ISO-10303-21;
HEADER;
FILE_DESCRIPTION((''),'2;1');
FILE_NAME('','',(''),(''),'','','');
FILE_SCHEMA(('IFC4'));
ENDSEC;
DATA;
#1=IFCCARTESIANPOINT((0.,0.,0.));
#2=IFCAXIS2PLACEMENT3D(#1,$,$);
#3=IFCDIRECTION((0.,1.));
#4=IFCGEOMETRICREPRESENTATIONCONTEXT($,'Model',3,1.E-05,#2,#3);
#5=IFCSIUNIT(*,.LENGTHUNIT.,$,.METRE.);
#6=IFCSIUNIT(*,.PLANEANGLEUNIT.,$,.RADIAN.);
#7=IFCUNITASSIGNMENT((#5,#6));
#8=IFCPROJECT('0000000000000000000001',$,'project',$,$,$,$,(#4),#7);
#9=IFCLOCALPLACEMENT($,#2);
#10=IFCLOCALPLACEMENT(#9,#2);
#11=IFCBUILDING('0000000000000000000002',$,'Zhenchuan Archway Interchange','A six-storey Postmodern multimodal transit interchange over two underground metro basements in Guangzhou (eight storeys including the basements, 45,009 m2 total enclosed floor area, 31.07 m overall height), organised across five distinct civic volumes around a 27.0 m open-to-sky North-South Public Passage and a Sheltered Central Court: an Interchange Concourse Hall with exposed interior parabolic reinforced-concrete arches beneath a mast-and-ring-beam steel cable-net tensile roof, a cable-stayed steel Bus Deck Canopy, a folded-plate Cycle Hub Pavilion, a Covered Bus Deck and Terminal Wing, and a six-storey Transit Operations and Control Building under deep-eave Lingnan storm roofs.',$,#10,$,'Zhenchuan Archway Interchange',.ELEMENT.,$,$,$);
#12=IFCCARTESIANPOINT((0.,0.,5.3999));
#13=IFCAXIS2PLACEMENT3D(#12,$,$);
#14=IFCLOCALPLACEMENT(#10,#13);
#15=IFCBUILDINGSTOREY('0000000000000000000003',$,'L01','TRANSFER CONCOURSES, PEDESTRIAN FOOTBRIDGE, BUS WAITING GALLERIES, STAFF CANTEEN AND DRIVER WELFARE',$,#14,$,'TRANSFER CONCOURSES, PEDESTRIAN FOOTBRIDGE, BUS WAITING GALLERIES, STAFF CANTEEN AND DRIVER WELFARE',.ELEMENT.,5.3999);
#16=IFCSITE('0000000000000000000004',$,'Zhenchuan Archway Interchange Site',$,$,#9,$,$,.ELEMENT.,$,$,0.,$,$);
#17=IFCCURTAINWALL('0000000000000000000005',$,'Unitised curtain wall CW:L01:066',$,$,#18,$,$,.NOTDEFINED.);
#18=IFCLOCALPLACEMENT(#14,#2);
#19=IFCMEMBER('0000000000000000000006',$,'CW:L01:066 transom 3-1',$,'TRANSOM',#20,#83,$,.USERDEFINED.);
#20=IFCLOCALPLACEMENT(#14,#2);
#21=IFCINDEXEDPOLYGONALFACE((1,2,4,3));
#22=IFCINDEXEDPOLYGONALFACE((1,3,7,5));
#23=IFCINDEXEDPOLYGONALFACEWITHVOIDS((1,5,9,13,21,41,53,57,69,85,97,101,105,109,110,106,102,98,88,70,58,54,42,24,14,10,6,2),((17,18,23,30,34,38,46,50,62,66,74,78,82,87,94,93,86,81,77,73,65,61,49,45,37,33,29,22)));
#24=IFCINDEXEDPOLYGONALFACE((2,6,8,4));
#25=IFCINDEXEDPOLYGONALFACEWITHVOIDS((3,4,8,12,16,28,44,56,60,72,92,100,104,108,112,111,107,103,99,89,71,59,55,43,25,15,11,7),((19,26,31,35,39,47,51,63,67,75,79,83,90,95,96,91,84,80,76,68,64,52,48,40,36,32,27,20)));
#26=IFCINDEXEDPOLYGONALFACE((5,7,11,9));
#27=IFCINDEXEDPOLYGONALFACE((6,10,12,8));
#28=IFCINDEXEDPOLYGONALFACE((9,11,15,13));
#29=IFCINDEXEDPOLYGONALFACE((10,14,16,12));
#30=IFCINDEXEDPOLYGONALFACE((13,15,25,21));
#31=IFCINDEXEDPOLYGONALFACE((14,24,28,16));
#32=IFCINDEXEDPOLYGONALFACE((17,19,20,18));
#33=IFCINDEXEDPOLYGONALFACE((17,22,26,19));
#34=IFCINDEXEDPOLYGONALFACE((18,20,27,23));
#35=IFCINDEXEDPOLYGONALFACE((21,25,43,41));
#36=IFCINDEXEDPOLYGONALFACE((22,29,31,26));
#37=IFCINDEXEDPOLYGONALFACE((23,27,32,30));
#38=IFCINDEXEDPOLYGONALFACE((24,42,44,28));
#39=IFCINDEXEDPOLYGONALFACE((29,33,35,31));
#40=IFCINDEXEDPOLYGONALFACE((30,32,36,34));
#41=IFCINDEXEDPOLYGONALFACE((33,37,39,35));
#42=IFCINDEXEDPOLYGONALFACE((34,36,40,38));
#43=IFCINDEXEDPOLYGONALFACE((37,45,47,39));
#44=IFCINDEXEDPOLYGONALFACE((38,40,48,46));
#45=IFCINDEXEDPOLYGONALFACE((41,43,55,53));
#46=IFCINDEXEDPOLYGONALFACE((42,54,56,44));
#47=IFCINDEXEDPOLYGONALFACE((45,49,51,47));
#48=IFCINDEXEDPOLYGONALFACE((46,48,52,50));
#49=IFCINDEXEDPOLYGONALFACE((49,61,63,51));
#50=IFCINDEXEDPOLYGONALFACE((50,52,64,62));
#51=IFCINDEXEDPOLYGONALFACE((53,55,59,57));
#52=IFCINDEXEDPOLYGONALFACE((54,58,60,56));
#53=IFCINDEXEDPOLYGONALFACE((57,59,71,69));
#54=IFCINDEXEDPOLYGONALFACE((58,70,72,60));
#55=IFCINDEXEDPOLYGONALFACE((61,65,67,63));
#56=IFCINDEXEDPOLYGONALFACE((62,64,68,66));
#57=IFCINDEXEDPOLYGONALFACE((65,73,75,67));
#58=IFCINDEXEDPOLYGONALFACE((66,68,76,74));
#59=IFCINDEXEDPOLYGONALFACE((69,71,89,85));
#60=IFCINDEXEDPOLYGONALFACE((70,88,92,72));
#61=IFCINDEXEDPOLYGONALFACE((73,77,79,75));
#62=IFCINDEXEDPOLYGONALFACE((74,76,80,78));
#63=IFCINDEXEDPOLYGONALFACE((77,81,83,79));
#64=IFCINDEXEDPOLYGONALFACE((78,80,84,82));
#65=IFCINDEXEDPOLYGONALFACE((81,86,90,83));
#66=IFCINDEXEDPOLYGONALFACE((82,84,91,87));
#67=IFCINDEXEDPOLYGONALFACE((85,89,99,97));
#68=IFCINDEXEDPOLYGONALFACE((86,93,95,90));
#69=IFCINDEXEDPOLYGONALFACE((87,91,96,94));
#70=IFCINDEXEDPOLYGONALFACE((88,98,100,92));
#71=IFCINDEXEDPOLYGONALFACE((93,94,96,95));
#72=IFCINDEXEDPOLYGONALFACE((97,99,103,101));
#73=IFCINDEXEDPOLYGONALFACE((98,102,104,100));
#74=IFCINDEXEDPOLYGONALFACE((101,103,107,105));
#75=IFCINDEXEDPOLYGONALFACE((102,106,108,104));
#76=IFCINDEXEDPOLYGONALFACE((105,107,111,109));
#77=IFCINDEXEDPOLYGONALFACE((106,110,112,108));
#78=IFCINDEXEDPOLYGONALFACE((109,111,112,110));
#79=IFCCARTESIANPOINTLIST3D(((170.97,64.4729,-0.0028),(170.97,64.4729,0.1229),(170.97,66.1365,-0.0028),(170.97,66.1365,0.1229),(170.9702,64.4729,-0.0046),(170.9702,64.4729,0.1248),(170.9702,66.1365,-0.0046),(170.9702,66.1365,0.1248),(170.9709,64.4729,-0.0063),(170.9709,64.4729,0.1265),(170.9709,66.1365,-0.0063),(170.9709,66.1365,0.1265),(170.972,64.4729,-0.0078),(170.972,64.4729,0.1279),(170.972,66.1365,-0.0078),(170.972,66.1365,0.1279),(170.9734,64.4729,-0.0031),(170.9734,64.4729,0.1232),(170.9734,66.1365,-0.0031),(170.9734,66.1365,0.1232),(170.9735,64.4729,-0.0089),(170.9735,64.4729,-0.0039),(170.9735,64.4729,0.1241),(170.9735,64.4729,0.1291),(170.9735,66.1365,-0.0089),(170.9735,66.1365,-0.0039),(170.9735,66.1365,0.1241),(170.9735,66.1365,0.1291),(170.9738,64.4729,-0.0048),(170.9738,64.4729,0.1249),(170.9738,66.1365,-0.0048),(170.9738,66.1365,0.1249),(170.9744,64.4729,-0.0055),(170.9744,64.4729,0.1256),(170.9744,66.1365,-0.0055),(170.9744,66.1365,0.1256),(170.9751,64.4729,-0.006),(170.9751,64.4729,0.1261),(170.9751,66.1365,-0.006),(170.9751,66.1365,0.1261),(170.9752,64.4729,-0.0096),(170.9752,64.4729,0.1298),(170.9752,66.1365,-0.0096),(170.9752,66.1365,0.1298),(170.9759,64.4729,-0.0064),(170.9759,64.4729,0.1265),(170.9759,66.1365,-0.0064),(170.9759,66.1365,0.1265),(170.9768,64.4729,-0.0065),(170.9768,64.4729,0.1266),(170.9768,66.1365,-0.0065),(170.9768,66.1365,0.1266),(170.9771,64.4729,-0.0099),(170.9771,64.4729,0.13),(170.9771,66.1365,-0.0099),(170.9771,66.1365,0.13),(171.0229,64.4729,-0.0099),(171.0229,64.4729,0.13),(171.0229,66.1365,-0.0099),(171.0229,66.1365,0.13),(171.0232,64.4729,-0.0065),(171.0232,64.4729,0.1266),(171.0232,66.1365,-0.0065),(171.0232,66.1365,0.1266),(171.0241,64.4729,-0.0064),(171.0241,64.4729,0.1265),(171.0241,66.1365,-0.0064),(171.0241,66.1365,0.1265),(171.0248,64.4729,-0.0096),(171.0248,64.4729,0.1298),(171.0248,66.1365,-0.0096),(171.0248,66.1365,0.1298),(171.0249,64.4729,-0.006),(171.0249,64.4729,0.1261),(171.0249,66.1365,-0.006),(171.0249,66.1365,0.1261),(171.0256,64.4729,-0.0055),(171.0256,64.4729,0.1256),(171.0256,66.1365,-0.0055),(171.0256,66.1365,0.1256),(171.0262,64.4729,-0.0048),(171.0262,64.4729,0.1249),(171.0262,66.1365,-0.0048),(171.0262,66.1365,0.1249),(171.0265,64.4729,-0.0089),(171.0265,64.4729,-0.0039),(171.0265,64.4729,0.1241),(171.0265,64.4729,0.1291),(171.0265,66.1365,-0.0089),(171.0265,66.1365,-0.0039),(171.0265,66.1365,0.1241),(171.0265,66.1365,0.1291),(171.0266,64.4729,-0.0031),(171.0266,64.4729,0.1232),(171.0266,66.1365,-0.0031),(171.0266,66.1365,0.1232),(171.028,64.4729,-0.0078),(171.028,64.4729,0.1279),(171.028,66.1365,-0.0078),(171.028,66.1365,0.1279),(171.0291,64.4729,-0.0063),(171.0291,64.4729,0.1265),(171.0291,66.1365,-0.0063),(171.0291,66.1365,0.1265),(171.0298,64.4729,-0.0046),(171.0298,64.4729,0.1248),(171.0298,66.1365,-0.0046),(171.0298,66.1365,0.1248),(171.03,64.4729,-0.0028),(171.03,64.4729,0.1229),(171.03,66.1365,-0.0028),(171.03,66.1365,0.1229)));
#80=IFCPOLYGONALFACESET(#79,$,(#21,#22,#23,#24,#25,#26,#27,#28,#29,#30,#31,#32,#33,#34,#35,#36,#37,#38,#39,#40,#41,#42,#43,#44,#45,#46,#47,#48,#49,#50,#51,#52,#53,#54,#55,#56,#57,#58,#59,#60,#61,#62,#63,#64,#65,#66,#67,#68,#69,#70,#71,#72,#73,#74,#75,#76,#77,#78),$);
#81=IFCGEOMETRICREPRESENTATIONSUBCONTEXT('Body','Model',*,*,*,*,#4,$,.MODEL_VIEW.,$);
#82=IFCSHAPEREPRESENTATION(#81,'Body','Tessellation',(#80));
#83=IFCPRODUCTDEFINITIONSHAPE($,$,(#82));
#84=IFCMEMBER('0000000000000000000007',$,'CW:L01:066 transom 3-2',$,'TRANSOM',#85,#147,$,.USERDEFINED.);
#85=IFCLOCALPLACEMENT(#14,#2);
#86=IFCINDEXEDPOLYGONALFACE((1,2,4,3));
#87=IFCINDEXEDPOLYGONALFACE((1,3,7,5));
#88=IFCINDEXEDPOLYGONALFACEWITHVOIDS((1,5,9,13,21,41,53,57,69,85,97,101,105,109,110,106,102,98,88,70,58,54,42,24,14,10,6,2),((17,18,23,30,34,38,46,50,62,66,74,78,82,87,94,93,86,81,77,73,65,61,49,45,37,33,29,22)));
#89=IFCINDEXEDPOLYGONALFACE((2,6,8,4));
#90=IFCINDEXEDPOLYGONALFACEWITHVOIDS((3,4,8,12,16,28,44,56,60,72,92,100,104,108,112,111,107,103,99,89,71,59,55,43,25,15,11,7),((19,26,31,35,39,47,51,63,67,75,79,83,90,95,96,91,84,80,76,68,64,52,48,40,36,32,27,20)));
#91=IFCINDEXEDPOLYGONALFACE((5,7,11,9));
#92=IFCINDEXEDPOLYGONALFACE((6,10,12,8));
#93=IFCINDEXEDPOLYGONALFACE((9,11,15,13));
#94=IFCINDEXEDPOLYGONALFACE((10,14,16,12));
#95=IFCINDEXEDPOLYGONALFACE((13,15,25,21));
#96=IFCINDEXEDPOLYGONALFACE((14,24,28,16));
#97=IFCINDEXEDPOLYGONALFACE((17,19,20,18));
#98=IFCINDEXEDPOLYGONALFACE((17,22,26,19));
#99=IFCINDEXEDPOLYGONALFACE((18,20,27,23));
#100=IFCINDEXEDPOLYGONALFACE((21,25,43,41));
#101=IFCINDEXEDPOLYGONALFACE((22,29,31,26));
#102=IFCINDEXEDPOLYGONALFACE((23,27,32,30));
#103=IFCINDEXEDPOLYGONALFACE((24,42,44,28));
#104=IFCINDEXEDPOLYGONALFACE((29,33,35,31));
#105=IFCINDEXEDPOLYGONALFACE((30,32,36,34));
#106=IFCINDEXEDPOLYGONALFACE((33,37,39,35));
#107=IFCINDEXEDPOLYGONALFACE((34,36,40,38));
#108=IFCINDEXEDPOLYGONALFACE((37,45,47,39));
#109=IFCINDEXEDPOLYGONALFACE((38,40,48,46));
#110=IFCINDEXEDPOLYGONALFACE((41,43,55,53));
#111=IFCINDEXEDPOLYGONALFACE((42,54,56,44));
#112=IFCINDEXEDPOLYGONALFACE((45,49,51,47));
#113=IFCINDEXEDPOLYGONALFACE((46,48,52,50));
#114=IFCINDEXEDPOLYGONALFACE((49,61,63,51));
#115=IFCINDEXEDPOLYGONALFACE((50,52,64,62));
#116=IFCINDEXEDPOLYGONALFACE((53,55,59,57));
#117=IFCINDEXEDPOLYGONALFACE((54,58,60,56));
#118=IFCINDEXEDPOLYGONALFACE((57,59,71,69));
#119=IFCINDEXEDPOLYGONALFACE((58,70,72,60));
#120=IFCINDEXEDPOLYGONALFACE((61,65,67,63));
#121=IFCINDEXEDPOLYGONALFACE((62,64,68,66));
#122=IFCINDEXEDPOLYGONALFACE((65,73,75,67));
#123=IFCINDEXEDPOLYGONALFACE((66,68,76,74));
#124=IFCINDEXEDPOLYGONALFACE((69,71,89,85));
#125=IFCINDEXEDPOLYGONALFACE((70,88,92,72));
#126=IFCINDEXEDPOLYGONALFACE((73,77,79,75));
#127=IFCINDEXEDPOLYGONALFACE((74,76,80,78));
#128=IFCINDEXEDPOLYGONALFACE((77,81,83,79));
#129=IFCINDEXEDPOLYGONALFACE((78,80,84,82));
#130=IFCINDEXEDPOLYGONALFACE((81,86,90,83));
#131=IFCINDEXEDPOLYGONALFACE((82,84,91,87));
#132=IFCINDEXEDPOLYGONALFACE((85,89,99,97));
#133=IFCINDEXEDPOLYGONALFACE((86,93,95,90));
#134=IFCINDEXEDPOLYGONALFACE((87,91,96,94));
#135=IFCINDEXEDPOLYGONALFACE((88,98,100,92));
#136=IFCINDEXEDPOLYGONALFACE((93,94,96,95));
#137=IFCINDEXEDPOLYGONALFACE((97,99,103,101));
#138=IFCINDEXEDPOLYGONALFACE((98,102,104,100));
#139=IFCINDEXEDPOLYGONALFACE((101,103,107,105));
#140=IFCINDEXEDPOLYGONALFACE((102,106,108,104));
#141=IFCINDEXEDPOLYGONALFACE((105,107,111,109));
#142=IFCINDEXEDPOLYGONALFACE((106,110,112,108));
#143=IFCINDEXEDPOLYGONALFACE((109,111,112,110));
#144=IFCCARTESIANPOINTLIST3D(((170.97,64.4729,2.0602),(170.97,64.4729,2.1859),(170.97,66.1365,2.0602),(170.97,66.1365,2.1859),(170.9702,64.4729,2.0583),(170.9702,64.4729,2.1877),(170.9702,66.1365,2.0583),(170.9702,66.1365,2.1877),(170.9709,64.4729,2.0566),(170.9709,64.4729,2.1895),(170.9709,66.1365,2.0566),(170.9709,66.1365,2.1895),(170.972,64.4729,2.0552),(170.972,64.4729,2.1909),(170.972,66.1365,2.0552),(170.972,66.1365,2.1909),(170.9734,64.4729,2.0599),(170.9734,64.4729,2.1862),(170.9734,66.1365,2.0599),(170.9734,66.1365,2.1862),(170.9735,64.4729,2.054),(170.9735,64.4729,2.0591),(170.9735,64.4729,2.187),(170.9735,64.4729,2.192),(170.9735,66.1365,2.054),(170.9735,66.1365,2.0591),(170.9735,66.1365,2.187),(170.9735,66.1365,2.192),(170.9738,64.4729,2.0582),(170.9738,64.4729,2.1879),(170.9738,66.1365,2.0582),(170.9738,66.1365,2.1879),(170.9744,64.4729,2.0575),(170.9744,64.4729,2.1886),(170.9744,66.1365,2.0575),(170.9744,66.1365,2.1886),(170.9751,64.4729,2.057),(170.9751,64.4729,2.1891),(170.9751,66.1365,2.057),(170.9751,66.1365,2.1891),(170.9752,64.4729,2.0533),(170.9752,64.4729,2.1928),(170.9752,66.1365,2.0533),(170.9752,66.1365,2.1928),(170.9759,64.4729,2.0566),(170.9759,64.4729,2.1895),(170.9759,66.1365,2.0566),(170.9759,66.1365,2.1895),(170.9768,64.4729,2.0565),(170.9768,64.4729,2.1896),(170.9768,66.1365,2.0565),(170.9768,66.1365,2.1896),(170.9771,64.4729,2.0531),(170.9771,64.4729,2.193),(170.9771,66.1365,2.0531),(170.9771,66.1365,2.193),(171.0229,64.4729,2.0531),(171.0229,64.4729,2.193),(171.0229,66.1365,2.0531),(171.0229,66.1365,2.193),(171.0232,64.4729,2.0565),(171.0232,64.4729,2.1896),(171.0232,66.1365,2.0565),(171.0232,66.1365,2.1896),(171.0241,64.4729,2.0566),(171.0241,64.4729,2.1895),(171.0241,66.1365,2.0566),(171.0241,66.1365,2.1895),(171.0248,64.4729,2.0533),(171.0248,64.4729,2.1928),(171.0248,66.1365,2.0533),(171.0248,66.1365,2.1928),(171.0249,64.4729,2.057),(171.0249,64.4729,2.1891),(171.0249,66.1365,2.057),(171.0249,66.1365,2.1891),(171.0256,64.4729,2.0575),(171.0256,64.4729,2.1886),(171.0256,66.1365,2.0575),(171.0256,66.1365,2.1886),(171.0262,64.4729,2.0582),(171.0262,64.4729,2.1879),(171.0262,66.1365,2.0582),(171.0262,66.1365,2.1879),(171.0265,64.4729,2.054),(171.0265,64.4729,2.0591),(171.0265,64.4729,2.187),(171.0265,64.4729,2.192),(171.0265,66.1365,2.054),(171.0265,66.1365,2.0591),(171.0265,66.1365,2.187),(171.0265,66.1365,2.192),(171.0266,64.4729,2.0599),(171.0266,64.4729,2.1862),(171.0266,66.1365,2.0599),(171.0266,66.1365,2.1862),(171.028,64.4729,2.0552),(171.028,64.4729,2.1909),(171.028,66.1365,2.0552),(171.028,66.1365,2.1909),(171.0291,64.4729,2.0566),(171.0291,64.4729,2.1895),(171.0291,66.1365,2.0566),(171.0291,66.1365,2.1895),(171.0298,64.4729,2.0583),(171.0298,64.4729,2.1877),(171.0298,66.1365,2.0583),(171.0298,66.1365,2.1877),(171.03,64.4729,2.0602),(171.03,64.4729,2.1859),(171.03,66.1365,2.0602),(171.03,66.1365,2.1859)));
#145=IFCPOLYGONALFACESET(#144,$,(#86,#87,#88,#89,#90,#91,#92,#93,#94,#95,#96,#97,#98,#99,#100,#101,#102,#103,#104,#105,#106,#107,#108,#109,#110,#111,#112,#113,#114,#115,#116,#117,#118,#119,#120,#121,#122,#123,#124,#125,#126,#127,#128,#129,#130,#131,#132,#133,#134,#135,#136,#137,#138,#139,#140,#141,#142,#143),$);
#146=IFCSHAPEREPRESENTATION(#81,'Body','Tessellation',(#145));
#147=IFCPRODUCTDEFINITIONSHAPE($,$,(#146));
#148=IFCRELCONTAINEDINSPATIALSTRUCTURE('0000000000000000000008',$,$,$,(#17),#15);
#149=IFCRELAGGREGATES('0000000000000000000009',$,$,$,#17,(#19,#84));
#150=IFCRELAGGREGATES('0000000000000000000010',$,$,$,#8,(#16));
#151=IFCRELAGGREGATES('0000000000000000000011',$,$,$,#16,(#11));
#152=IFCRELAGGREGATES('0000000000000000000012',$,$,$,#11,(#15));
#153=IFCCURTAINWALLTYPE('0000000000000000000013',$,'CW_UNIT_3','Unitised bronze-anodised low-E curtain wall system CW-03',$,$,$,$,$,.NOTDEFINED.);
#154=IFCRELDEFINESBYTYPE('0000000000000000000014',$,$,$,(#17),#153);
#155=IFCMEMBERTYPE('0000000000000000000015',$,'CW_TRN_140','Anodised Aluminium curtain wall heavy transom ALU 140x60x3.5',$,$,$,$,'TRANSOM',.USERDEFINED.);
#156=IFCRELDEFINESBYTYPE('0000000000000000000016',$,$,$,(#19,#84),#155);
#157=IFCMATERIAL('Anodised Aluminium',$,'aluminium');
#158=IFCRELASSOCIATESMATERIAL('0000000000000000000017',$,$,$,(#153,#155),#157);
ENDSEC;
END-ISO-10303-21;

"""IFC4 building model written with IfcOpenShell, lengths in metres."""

from ifc_helpers import new_model, si_unit, direction, frame, origin, origin_2d, place, context, subcontext, project, spatial, hollow_rectangle, extrude, material, material_profile, profile_set, type_object, element, aggregate, save


model = new_model("IFC4")

# Units and contexts
model_context = context("Model", 3, precision=1e-05, world=origin(), true_north=direction((0.0, 1.0)))
body_context = subcontext(model_context, "Body", "Model", "MODEL_VIEW")
ifc_project = project(units=[si_unit("LENGTHUNIT", "METRE"), si_unit("PLANEANGLEUNIT", "RADIAN")], contexts=[model_context])

# Site, building, storey
site_placement = place(None, origin())
site = spatial("IfcSite", under=ifc_project, at=site_placement, Name="Zhenchuan Archway Interchange Site", CompositionType="ELEMENT", RefElevation=0.0)
building_placement = place(site_placement, origin())
building = spatial("IfcBuilding", under=site, at=building_placement, Name="Zhenchuan Archway Interchange", Description="A six-storey Postmodern multimodal transit interchange over two underground metro basements in Guangzhou (eight storeys including the basements, 45,009 m2 total enclosed floor area, 31.07 m overall height), organised across five distinct civic volumes around a 27.0 m open-to-sky North-South Public Passage and a Sheltered Central Court: an Interchange Concourse Hall with exposed interior parabolic reinforced-concrete arches beneath a mast-and-ring-beam steel cable-net tensile roof, a cable-stayed steel Bus Deck Canopy, a folded-plate Cycle Hub Pavilion, a Covered Bus Deck and Terminal Wing, and a six-storey Transit Operations and Control Building under deep-eave Lingnan storm roofs.", LongName="Zhenchuan Archway Interchange", CompositionType="ELEMENT")
storey_placement = place(building_placement, frame((0.0, 0.0, 5.3999)))
storey = spatial("IfcBuildingStorey", under=building, at=storey_placement, Name="L01", Description="TRANSFER CONCOURSES, PEDESTRIAN FOOTBRIDGE, BUS WAITING GALLERIES, STAFF CANTEEN AND DRIVER WELFARE", LongName="TRANSFER CONCOURSES, PEDESTRIAN FOOTBRIDGE, BUS WAITING GALLERIES, STAFF CANTEEN AND DRIVER WELFARE", CompositionType="ELEMENT", Elevation=5.3999)

# Curtain wall, members
ifc_material_1 = material(Name="Anodised Aluminium", Category="aluminium")
curtain_wall_type = type_object("IfcCurtainWallType", Name="CW_UNIT_3", Description="Unitised bronze-anodised low-E curtain wall system CW-03", PredefinedType="NOTDEFINED", material=ifc_material_1)
curtain_wall_placement = place(storey_placement, origin())
curtain_wall = element("IfcCurtainWall", 1, at=curtain_wall_placement, inside=storey, type_object=curtain_wall_type, Name="Unitised curtain wall CW:L01:066", PredefinedType="NOTDEFINED")
ifc_material_profile_1 = material_profile(ifc_material_1, hollow_rectangle(XDim=0.0601, YDim=0.1399, WallThickness=0.0034, InnerFilletRadius=0.0034, OuterFilletRadius=0.0071, at=origin_2d()), Name="ALU 140x60x3.5")
ifc_profile_set_1 = profile_set([ifc_material_profile_1], Name="Anodised Aluminium")
member_type_1 = type_object("IfcMemberType", Name="CW_TRN_140", Description="Anodised Aluminium curtain wall heavy transom ALU 140x60x3.5", ElementType="TRANSOM", PredefinedType="USERDEFINED", material=ifc_profile_set_1)
member_1_placement = place(storey_placement, frame((171.0, 66.1365, 0.0601), z_axis=(0.0, -1.0, 0.0), x_axis=(1.0, 0.0, 0.0)))
member_1 = element("IfcMember", 2, at=member_1_placement, type_object=member_type_1, Name="CW:L01:066 transom 3-1", ObjectType="TRANSOM", PredefinedType="USERDEFINED", context=body_context, shape_type="SweptSolid", body=[
    extrude(hollow_rectangle(XDim=0.0601, YDim=0.1399, WallThickness=0.0034, InnerFilletRadius=0.0034, OuterFilletRadius=0.0071, at=origin_2d()), origin(), (0.0, 0.0, 1.0), 1.6636),
])
member_2_placement = place(storey_placement, frame((171.0, 66.1365, 2.123), z_axis=(0.0, -1.0, 0.0), x_axis=(1.0, 0.0, 0.0)))
member_2 = element("IfcMember", 3, at=member_2_placement, type_object=member_type_1, Name="CW:L01:066 transom 3-2", ObjectType="TRANSOM", PredefinedType="USERDEFINED", context=body_context, shape_type="SweptSolid", body=[
    extrude(hollow_rectangle(XDim=0.0601, YDim=0.1399, WallThickness=0.0034, InnerFilletRadius=0.0034, OuterFilletRadius=0.0071, at=origin_2d()), origin(), (0.0, 0.0, 1.0), 1.6636),
])

aggregate(curtain_wall, [member_1, member_2])

save(model, "model.ifc")
